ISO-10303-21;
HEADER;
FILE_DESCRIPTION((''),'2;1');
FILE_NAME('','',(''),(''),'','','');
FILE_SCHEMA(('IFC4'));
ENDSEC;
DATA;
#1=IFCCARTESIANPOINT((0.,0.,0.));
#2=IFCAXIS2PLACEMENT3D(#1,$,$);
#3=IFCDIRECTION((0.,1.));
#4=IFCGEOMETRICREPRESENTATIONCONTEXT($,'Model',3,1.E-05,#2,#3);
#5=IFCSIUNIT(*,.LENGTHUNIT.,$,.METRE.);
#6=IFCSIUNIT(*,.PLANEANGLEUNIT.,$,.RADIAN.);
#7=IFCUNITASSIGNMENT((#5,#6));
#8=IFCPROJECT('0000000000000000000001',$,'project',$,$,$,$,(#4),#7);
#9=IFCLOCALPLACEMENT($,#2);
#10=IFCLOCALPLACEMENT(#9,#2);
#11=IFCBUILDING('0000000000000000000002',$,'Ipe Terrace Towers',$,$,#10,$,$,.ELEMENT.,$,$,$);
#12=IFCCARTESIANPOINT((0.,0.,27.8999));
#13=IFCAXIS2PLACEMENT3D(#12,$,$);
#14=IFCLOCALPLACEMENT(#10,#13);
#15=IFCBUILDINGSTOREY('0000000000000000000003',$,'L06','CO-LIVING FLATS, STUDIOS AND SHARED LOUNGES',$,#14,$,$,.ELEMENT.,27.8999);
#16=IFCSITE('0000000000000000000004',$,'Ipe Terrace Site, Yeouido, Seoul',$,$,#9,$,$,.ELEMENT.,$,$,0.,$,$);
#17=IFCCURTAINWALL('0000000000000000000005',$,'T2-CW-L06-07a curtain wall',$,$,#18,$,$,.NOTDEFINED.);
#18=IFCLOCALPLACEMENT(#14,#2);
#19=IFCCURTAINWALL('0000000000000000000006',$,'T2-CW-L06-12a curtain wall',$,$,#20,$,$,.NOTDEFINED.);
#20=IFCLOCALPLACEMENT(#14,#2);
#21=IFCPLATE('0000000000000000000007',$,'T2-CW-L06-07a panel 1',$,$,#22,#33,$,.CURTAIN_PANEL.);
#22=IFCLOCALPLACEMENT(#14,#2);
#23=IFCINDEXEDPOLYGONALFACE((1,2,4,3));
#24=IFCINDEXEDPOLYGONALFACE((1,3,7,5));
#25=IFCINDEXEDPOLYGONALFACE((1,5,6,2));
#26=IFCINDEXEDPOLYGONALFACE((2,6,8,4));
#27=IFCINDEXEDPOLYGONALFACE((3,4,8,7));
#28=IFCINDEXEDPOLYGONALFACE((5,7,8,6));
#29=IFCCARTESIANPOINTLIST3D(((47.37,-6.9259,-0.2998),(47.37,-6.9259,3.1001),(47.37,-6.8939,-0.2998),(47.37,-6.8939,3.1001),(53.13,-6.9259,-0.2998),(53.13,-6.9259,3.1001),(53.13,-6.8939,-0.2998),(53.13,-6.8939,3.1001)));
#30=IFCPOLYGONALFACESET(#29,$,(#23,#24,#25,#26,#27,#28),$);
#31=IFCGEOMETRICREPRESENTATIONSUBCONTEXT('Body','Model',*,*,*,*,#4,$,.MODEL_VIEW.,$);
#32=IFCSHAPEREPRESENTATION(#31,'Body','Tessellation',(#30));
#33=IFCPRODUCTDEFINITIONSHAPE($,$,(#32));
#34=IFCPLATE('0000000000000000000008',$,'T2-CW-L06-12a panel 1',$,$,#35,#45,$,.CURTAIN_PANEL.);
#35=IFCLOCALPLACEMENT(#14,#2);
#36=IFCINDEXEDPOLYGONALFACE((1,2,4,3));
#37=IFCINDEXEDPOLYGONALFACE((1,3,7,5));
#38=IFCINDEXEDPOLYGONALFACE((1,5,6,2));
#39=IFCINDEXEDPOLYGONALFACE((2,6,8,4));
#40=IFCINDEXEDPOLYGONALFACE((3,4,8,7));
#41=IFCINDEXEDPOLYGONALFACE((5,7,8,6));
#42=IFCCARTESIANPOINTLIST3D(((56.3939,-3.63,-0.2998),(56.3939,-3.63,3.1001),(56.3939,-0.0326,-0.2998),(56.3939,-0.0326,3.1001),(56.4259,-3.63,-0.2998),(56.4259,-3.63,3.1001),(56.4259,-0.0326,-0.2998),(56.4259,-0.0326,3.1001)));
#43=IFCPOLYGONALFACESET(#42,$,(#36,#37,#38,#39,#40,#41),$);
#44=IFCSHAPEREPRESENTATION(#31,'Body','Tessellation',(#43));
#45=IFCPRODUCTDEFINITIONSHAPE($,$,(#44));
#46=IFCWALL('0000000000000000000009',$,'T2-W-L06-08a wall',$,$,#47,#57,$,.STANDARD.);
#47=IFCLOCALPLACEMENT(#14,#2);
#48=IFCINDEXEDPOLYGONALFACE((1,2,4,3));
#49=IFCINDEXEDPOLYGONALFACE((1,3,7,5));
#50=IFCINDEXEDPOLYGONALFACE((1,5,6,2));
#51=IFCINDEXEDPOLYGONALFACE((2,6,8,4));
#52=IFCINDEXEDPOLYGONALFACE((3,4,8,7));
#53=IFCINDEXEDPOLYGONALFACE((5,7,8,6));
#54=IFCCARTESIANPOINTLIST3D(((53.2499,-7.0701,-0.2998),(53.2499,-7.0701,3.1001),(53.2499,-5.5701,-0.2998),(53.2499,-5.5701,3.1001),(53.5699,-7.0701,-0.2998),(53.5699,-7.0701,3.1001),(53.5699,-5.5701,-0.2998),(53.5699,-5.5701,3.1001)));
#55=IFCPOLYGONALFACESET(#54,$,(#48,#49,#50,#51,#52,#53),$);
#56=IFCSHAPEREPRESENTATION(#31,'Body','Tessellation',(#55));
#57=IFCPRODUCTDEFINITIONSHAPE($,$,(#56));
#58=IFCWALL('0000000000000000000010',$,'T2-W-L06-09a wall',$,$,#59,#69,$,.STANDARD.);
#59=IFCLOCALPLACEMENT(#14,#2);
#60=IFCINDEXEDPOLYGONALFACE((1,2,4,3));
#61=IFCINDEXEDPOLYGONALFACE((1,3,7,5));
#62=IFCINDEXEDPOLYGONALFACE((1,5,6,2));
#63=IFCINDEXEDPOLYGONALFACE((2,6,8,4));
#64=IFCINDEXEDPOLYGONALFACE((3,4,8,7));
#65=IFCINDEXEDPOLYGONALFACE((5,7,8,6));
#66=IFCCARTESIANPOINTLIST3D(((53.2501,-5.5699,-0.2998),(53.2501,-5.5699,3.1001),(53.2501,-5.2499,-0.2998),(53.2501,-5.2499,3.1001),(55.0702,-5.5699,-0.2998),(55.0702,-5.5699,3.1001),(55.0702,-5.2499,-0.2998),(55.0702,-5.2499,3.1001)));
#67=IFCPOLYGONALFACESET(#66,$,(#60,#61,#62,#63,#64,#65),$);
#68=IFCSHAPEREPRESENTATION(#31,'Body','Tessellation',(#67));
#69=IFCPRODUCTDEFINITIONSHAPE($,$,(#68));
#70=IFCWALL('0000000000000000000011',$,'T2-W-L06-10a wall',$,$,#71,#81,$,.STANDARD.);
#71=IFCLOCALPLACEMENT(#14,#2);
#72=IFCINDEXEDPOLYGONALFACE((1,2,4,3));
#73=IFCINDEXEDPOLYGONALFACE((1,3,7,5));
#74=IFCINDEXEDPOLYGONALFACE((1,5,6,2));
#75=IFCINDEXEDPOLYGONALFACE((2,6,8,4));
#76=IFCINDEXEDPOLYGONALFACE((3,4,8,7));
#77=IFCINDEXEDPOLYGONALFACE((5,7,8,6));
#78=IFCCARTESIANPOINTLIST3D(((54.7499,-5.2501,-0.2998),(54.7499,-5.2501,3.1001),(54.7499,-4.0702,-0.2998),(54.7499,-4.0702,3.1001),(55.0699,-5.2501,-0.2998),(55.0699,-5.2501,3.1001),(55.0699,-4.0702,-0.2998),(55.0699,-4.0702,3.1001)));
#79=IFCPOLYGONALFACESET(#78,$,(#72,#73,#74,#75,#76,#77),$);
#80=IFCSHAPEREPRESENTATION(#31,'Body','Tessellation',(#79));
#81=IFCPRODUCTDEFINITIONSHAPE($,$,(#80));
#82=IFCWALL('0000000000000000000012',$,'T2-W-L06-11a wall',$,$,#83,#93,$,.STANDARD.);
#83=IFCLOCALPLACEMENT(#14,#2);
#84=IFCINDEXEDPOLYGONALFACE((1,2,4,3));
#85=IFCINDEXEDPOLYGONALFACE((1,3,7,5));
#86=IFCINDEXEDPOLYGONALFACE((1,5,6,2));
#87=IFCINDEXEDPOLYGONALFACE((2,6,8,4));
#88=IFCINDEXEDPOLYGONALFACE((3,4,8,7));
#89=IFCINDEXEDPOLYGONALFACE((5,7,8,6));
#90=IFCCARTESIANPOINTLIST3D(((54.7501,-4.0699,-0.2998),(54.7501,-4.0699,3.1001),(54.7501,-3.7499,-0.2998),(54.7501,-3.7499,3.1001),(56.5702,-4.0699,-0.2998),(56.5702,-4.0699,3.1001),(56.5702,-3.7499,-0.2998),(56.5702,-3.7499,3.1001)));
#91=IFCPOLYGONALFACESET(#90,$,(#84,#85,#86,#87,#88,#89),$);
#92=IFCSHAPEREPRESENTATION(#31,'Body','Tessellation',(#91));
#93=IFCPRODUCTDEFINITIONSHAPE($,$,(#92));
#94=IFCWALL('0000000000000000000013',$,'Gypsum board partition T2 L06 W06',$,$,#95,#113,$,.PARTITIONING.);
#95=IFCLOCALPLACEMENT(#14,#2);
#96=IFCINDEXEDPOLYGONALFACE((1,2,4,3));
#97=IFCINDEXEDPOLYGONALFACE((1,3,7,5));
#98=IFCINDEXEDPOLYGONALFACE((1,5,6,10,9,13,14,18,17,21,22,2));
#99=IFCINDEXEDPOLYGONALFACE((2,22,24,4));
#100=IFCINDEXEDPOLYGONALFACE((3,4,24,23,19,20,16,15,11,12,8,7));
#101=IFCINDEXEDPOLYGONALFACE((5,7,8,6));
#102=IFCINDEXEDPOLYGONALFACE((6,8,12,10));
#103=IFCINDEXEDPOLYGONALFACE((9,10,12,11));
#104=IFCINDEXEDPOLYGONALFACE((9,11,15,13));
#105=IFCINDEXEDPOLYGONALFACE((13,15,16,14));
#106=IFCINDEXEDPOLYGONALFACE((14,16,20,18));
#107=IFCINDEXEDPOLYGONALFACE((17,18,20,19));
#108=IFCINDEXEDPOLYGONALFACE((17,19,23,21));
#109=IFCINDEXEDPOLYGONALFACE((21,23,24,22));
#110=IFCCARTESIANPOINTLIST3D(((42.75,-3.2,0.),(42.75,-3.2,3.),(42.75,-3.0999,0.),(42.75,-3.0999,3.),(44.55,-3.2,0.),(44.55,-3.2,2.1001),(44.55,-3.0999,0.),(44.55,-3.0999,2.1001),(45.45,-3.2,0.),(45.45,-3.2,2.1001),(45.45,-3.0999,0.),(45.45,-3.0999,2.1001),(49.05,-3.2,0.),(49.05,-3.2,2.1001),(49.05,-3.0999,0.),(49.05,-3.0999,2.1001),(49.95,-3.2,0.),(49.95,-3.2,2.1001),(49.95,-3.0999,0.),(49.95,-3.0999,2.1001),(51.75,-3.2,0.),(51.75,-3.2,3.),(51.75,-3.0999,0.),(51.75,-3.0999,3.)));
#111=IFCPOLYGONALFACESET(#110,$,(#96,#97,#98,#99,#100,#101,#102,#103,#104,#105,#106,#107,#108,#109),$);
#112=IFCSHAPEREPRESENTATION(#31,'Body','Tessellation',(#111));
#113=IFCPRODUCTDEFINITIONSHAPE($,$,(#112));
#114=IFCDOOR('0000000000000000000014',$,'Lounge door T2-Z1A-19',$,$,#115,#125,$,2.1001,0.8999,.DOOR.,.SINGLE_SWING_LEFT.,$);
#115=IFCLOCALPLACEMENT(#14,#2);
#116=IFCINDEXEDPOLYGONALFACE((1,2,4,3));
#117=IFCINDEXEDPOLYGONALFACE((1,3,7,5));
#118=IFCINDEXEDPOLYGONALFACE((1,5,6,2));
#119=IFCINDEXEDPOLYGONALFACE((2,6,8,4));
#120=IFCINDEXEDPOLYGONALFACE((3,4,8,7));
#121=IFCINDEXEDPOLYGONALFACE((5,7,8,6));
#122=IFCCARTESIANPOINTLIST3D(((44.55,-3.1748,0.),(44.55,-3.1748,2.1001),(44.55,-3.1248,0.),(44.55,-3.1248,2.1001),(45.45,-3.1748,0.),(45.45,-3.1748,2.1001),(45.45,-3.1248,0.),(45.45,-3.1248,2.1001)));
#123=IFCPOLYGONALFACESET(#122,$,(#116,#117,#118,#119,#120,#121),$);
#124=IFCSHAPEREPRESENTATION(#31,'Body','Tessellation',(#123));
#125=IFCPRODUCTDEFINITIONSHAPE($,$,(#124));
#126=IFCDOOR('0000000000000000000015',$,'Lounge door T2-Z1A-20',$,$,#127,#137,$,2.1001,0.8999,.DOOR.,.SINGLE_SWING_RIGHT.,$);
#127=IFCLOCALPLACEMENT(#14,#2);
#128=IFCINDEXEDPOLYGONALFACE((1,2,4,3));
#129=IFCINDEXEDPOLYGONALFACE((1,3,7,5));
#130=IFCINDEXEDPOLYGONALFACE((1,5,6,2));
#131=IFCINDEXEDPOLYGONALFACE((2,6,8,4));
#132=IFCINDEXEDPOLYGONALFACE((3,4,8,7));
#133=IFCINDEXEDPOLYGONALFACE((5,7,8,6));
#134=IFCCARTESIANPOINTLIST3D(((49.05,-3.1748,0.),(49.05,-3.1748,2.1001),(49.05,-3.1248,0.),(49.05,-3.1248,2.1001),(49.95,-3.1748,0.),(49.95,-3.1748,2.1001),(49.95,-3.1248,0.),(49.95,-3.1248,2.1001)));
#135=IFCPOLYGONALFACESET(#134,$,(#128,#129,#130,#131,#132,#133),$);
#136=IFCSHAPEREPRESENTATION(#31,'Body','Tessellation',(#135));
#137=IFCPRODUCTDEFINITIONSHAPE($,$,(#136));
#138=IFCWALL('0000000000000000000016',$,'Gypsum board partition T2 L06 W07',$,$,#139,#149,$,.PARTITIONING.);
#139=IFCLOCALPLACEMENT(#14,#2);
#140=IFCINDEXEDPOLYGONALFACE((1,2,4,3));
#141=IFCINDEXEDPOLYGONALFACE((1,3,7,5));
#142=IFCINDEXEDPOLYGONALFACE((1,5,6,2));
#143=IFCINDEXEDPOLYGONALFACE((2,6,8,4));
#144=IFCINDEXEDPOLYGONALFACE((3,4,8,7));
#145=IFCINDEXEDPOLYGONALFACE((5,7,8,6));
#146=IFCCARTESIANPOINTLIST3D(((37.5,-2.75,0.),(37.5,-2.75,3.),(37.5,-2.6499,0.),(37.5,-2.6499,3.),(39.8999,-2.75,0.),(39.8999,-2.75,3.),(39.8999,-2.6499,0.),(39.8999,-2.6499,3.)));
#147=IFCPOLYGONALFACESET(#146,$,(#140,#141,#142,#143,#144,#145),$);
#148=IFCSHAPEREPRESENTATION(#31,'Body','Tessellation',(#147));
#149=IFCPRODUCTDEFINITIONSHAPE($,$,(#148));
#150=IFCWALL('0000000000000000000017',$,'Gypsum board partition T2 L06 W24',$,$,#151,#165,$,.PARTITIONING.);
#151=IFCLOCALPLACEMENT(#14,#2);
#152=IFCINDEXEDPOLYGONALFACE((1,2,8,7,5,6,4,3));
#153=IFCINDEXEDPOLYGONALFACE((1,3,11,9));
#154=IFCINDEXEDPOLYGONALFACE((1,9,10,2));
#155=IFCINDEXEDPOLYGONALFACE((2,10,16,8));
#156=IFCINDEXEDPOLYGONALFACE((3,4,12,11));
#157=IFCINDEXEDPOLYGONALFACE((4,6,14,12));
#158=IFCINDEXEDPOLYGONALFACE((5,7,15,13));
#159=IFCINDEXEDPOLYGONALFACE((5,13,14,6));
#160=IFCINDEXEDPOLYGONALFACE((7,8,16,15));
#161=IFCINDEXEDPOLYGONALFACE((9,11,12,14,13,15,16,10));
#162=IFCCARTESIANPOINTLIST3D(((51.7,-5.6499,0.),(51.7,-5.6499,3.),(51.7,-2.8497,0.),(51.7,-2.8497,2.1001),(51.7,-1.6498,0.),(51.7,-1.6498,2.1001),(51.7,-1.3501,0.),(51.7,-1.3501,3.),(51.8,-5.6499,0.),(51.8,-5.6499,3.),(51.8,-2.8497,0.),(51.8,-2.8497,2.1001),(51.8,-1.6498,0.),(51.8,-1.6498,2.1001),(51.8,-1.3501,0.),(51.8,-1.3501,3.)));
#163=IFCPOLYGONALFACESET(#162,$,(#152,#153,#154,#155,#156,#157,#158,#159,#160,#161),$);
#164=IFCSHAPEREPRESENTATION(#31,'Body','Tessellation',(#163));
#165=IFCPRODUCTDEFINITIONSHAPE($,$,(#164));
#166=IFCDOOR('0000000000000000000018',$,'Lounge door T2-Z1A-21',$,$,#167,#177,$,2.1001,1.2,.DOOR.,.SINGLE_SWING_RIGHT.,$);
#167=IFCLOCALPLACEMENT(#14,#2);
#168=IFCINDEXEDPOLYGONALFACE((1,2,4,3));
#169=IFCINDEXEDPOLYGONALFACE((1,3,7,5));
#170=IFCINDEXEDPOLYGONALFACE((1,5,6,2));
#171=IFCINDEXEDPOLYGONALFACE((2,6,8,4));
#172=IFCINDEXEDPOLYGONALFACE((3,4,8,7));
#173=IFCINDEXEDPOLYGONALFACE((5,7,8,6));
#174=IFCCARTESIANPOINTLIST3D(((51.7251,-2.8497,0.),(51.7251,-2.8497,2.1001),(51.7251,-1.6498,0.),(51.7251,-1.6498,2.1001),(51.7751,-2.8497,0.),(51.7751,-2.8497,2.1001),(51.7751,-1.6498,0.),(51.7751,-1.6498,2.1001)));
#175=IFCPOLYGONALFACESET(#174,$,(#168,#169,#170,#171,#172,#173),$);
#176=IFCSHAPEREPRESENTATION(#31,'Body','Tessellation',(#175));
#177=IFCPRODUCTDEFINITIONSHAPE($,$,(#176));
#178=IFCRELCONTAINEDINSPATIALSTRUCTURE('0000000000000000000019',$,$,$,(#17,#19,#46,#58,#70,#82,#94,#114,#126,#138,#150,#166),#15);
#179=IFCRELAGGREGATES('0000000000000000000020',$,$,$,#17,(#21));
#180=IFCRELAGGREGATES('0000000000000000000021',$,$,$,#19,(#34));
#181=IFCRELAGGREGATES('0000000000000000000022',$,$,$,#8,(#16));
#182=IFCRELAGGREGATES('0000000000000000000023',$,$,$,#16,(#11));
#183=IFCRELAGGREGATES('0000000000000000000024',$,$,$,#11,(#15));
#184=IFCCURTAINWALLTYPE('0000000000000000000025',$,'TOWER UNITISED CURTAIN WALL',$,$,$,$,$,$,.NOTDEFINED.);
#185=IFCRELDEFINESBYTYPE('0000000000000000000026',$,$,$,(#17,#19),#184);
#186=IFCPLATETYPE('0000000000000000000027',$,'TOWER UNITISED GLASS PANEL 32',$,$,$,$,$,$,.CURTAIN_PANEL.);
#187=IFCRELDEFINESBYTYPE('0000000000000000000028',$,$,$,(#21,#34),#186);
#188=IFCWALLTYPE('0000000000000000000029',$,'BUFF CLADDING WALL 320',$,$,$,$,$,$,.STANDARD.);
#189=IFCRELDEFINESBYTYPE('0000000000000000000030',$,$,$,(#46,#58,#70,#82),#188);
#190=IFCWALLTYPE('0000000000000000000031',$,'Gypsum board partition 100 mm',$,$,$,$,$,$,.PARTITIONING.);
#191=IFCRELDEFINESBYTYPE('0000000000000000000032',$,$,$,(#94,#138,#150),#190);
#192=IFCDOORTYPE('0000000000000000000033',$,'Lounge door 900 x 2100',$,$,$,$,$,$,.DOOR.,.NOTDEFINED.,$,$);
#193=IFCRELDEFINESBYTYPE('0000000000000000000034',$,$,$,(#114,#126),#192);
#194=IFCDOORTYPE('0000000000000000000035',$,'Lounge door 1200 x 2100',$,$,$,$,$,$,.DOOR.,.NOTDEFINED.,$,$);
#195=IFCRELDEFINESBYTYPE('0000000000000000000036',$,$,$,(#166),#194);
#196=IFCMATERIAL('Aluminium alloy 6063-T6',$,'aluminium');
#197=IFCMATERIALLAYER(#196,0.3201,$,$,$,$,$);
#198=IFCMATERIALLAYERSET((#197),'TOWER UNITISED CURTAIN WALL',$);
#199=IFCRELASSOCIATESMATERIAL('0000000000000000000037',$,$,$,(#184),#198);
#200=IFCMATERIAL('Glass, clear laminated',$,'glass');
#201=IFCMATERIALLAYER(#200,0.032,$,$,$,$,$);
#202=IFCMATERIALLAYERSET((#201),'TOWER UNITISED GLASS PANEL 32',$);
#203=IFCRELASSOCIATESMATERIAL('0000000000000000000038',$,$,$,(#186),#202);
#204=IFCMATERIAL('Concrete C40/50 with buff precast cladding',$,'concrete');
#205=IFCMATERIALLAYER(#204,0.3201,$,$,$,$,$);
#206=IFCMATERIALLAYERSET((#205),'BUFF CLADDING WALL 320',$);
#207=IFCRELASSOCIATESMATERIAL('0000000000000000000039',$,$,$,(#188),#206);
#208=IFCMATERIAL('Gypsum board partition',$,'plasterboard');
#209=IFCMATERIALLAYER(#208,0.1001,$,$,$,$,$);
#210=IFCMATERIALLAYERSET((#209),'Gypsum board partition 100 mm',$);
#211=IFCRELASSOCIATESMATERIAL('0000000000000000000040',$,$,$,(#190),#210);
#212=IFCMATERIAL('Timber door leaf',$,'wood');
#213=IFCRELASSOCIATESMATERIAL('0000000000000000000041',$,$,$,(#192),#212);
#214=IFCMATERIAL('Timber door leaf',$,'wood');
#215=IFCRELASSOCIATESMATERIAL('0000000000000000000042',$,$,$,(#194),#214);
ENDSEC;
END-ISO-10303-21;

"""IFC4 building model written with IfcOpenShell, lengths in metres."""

from ifc_helpers import new_model, si_unit, direction, frame, frame_2d, origin, origin_2d, place, context, subcontext, project, spatial, rectangle, extrude, material, layer, layer_set, type_object, element, fill, aggregate, save


model = new_model("IFC4")

# Units and contexts
model_context = context("Model", 3, precision=1e-05, world=origin(), true_north=direction((0.0, 1.0)))
body_context = subcontext(model_context, "Body", "Model", "MODEL_VIEW")
ifc_project = project(units=[si_unit("LENGTHUNIT", "METRE"), si_unit("PLANEANGLEUNIT", "RADIAN")], contexts=[model_context])

# Site, building, storey
site_placement = place(None, origin())
site = spatial("IfcSite", under=ifc_project, at=site_placement, Name="Ipe Terrace Site, Yeouido, Seoul", CompositionType="ELEMENT", RefElevation=0.0)
building_placement = place(site_placement, origin())
building = spatial("IfcBuilding", under=site, at=building_placement, Name="Ipe Terrace Towers", CompositionType="ELEMENT")
storey_placement = place(building_placement, frame((0.0, 0.0, 27.8999)))
storey = spatial("IfcBuildingStorey", under=building, at=storey_placement, Name="L06", Description="CO-LIVING FLATS, STUDIOS AND SHARED LOUNGES", CompositionType="ELEMENT", Elevation=27.8999)

# Curtain wall
ifc_material_1 = material(Name="Aluminium alloy 6063-T6", Category="aluminium")
ifc_layer_1 = layer(ifc_material_1, 0.3201)
ifc_layer_set_1 = layer_set([ifc_layer_1], Name="TOWER UNITISED CURTAIN WALL")
curtain_wall_type = type_object("IfcCurtainWallType", Name="TOWER UNITISED CURTAIN WALL", PredefinedType="NOTDEFINED", material=ifc_layer_set_1)
curtain_wall_1_placement = place(storey_placement, origin())
curtain_wall_1 = element("IfcCurtainWall", 1, at=curtain_wall_1_placement, inside=storey, type_object=curtain_wall_type, Name="T2-CW-L06-07a curtain wall", PredefinedType="NOTDEFINED")

# Curtain wall
curtain_wall_2_placement = place(storey_placement, origin())
curtain_wall_2 = element("IfcCurtainWall", 2, at=curtain_wall_2_placement, inside=storey, type_object=curtain_wall_type, Name="T2-CW-L06-12a curtain wall", PredefinedType="NOTDEFINED")

# Plates
ifc_material_2 = material(Name="Glass, clear laminated", Category="glass")
ifc_layer_2 = layer(ifc_material_2, 0.032)
ifc_layer_set_2 = layer_set([ifc_layer_2], Name="TOWER UNITISED GLASS PANEL 32")
plate_type = type_object("IfcPlateType", Name="TOWER UNITISED GLASS PANEL 32", PredefinedType="CURTAIN_PANEL", material=ifc_layer_set_2)
plate_1_placement = place(storey_placement, frame((50.25, -6.9099, -0.2998), z_axis=(0.0, 0.0, 1.0), x_axis=(1.0, 0.0, 0.0)))
plate_1 = element("IfcPlate", 3, at=plate_1_placement, type_object=plate_type, Name="T2-CW-L06-07a panel 1", PredefinedType="CURTAIN_PANEL", context=body_context, shape_type="SweptSolid", body=[
    extrude(rectangle(XDim=5.76, YDim=0.032, at=origin_2d()), origin(), (0.0, 0.0, 1.0), 3.3999),
])
aggregate(curtain_wall_1, [plate_1])
plate_2_placement = place(storey_placement, frame((56.4099, -1.8313, -0.2998), z_axis=(0.0, 0.0, 1.0), x_axis=(0.0, 1.0, 0.0)))
plate_2 = element("IfcPlate", 4, at=plate_2_placement, type_object=plate_type, Name="T2-CW-L06-12a panel 1", PredefinedType="CURTAIN_PANEL", context=body_context, shape_type="SweptSolid", body=[
    extrude(rectangle(XDim=3.5974, YDim=0.032, at=origin_2d()), origin(), (0.0, 0.0, 1.0), 3.3999),
])
aggregate(curtain_wall_2, [plate_2])

# Walls
ifc_material_3 = material(Name="Concrete C40/50 with buff precast cladding", Category="concrete")
ifc_layer_3 = layer(ifc_material_3, 0.3201)
ifc_layer_set_3 = layer_set([ifc_layer_3], Name="BUFF CLADDING WALL 320")
wall_type_1 = type_object("IfcWallType", Name="BUFF CLADDING WALL 320", PredefinedType="STANDARD", material=ifc_layer_set_3)
wall_1_placement = place(storey_placement, frame((53.4099, -7.0701, -0.2998), z_axis=(0.0, 0.0, 1.0), x_axis=(0.0, 1.0, 0.0)))
element("IfcWall", 5, at=wall_1_placement, inside=storey, type_object=wall_type_1, Name="T2-W-L06-08a wall", PredefinedType="STANDARD", context=body_context, shape_type="SweptSolid", body=[
    extrude(rectangle(XDim=1.5, YDim=0.3201, at=frame_2d((0.75, 0.0))), origin(), (0.0, 0.0, 1.0), 3.3999),
])
wall_2_placement = place(storey_placement, frame((53.25, -5.4099, -0.2998), z_axis=(0.0, 0.0, 1.0), x_axis=(1.0, 0.0, 0.0)))
element("IfcWall", 6, at=wall_2_placement, inside=storey, type_object=wall_type_1, Name="T2-W-L06-09a wall", PredefinedType="STANDARD", context=body_context, shape_type="SweptSolid", body=[
    extrude(rectangle(XDim=1.8201, YDim=0.3201, at=frame_2d((0.9102, 0.0))), origin(), (0.0, 0.0, 1.0), 3.3999),
])
wall_3_placement = place(storey_placement, frame((54.9099, -5.25, -0.2998), z_axis=(0.0, 0.0, 1.0), x_axis=(0.0, 1.0, 0.0)))
element("IfcWall", 7, at=wall_3_placement, inside=storey, type_object=wall_type_1, Name="T2-W-L06-10a wall", PredefinedType="STANDARD", context=body_context, shape_type="SweptSolid", body=[
    extrude(rectangle(XDim=1.1799, YDim=0.3201, at=frame_2d((0.5898, 0.0))), origin(), (0.0, 0.0, 1.0), 3.3999),
])
wall_4_placement = place(storey_placement, frame((54.75, -3.9099, -0.2998), z_axis=(0.0, 0.0, 1.0), x_axis=(1.0, 0.0, 0.0)))
element("IfcWall", 8, at=wall_4_placement, inside=storey, type_object=wall_type_1, Name="T2-W-L06-11a wall", PredefinedType="STANDARD", context=body_context, shape_type="SweptSolid", body=[
    extrude(rectangle(XDim=1.8201, YDim=0.3201, at=frame_2d((0.9102, 0.0))), origin(), (0.0, 0.0, 1.0), 3.3999),
])

# Wall, openings, doors
ifc_material_4 = material(Name="Gypsum board partition", Category="plasterboard")
ifc_layer_4 = layer(ifc_material_4, 0.1001)
ifc_layer_set_4 = layer_set([ifc_layer_4], Name="Gypsum board partition 100 mm")
wall_type_2 = type_object("IfcWallType", Name="Gypsum board partition 100 mm", PredefinedType="PARTITIONING", material=ifc_layer_set_4)
wall_5_placement = place(storey_placement, frame((51.75, -3.1499, 0.0), z_axis=(0.0, 0.0, 1.0), x_axis=(-1.0, 0.0, 0.0)))
wall_5 = element("IfcWall", 9, at=wall_5_placement, inside=storey, type_object=wall_type_2, Name="Gypsum board partition T2 L06 W06", PredefinedType="PARTITIONING", context=body_context, shape_type="SweptSolid", body=[
    extrude(rectangle(XDim=9.0, YDim=0.1001, at=frame_2d((4.5, 0.0))), origin(), (0.0, 0.0, 1.0), 3.0),
])
opening_1_placement = place(wall_5_placement, frame((6.3, 0.0, 0.0)))
opening_1 = element("IfcOpeningElement", 10, at=opening_1_placement, cuts=wall_5, PredefinedType="OPENING", context=body_context, shape_type="SweptSolid", body=[
    extrude(rectangle(XDim=0.8999, YDim=2.1001, at=frame_2d((0.45, 1.05))), frame((0.0, 0.0601, 0.0), z_axis=(0.0, -1.0, 0.0), x_axis=(1.0, 0.0, 0.0)), (0.0, 0.0, 1.0), 0.1201),
])
opening_2_placement = place(wall_5_placement, frame((1.8, 0.0, 0.0)))
opening_2 = element("IfcOpeningElement", 11, at=opening_2_placement, cuts=wall_5, PredefinedType="OPENING", context=body_context, shape_type="SweptSolid", body=[
    extrude(rectangle(XDim=0.8999, YDim=2.1001, at=frame_2d((0.45, 1.05))), frame((0.0, 0.0601, 0.0), z_axis=(0.0, -1.0, 0.0), x_axis=(1.0, 0.0, 0.0)), (0.0, 0.0, 1.0), 0.1201),
])
ifc_material_5 = material(Name="Timber door leaf", Category="wood")
door_type_1 = type_object("IfcDoorType", Name="Lounge door 900 x 2100", OperationType="NOTDEFINED", PredefinedType="DOOR", material=ifc_material_5)
door_1_placement = place(opening_1_placement, origin())
door_1 = element("IfcDoor", 12, at=door_1_placement, inside=storey, type_object=door_type_1, Name="Lounge door T2-Z1A-19", OperationType="SINGLE_SWING_LEFT", OverallHeight=2.1001, OverallWidth=0.8999, PredefinedType="DOOR", context=body_context, shape_type="SweptSolid", body=[
    extrude(rectangle(XDim=0.8999, YDim=2.1001, at=frame_2d((0.45, 1.05))), frame((0.0, 0.0249, 0.0), z_axis=(0.0, -1.0, 0.0), x_axis=(1.0, 0.0, 0.0)), (0.0, 0.0, 1.0), 0.05),
])
fill(opening_1, door_1)
door_2_placement = place(opening_2_placement, origin())
door_2 = element("IfcDoor", 13, at=door_2_placement, inside=storey, type_object=door_type_1, Name="Lounge door T2-Z1A-20", OperationType="SINGLE_SWING_RIGHT", OverallHeight=2.1001, OverallWidth=0.8999, PredefinedType="DOOR", context=body_context, shape_type="SweptSolid", body=[
    extrude(rectangle(XDim=0.8999, YDim=2.1001, at=frame_2d((0.45, 1.05))), frame((0.0, 0.0249, 0.0), z_axis=(0.0, -1.0, 0.0), x_axis=(1.0, 0.0, 0.0)), (0.0, 0.0, 1.0), 0.05),
])
fill(opening_2, door_2)

# Wall
wall_6_placement = place(storey_placement, frame((39.8999, -2.7, 0.0), z_axis=(0.0, 0.0, 1.0), x_axis=(-1.0, 0.0, 0.0)))
element("IfcWall", 14, at=wall_6_placement, inside=storey, type_object=wall_type_2, Name="Gypsum board partition T2 L06 W07", PredefinedType="PARTITIONING", context=body_context, shape_type="SweptSolid", body=[
    extrude(rectangle(XDim=2.3999, YDim=0.1001, at=frame_2d((1.2, 0.0))), origin(), (0.0, 0.0, 1.0), 3.0),
])

# Wall, opening, door
wall_7_placement = place(storey_placement, frame((51.75, -5.6499, 0.0), z_axis=(0.0, 0.0, 1.0), x_axis=(0.0, 1.0, 0.0)))
wall_7 = element("IfcWall", 15, at=wall_7_placement, inside=storey, type_object=wall_type_2, Name="Gypsum board partition T2 L06 W24", PredefinedType="PARTITIONING", context=body_context, shape_type="SweptSolid", body=[
    extrude(rectangle(XDim=4.2998, YDim=0.1001, at=frame_2d((2.1499, 0.0))), origin(), (0.0, 0.0, 1.0), 3.0),
])
opening_3_placement = place(wall_7_placement, frame((2.8, 0.0, 0.0)))
opening_3 = element("IfcOpeningElement", 16, at=opening_3_placement, cuts=wall_7, PredefinedType="OPENING", context=body_context, shape_type="SweptSolid", body=[
    extrude(rectangle(XDim=1.2, YDim=2.1001, at=frame_2d((0.6001, 1.05))), frame((0.0, 0.0601, 0.0), z_axis=(0.0, -1.0, 0.0), x_axis=(1.0, 0.0, 0.0)), (0.0, 0.0, 1.0), 0.1201),
])
ifc_material_6 = material(Name="Timber door leaf", Category="wood")
door_type_2 = type_object("IfcDoorType", Name="Lounge door 1200 x 2100", OperationType="NOTDEFINED", PredefinedType="DOOR", material=ifc_material_6)
door_3_placement = place(opening_3_placement, origin())
door_3 = element("IfcDoor", 17, at=door_3_placement, inside=storey, type_object=door_type_2, Name="Lounge door T2-Z1A-21", OperationType="SINGLE_SWING_RIGHT", OverallHeight=2.1001, OverallWidth=1.2, PredefinedType="DOOR", context=body_context, shape_type="SweptSolid", body=[
    extrude(rectangle(XDim=1.2, YDim=2.1001, at=frame_2d((0.6001, 1.05))), frame((0.0, 0.0249, 0.0), z_axis=(0.0, -1.0, 0.0), x_axis=(1.0, 0.0, 0.0)), (0.0, 0.0, 1.0), 0.05),
])
fill(opening_3, door_3)

save(model, "model.ifc")
